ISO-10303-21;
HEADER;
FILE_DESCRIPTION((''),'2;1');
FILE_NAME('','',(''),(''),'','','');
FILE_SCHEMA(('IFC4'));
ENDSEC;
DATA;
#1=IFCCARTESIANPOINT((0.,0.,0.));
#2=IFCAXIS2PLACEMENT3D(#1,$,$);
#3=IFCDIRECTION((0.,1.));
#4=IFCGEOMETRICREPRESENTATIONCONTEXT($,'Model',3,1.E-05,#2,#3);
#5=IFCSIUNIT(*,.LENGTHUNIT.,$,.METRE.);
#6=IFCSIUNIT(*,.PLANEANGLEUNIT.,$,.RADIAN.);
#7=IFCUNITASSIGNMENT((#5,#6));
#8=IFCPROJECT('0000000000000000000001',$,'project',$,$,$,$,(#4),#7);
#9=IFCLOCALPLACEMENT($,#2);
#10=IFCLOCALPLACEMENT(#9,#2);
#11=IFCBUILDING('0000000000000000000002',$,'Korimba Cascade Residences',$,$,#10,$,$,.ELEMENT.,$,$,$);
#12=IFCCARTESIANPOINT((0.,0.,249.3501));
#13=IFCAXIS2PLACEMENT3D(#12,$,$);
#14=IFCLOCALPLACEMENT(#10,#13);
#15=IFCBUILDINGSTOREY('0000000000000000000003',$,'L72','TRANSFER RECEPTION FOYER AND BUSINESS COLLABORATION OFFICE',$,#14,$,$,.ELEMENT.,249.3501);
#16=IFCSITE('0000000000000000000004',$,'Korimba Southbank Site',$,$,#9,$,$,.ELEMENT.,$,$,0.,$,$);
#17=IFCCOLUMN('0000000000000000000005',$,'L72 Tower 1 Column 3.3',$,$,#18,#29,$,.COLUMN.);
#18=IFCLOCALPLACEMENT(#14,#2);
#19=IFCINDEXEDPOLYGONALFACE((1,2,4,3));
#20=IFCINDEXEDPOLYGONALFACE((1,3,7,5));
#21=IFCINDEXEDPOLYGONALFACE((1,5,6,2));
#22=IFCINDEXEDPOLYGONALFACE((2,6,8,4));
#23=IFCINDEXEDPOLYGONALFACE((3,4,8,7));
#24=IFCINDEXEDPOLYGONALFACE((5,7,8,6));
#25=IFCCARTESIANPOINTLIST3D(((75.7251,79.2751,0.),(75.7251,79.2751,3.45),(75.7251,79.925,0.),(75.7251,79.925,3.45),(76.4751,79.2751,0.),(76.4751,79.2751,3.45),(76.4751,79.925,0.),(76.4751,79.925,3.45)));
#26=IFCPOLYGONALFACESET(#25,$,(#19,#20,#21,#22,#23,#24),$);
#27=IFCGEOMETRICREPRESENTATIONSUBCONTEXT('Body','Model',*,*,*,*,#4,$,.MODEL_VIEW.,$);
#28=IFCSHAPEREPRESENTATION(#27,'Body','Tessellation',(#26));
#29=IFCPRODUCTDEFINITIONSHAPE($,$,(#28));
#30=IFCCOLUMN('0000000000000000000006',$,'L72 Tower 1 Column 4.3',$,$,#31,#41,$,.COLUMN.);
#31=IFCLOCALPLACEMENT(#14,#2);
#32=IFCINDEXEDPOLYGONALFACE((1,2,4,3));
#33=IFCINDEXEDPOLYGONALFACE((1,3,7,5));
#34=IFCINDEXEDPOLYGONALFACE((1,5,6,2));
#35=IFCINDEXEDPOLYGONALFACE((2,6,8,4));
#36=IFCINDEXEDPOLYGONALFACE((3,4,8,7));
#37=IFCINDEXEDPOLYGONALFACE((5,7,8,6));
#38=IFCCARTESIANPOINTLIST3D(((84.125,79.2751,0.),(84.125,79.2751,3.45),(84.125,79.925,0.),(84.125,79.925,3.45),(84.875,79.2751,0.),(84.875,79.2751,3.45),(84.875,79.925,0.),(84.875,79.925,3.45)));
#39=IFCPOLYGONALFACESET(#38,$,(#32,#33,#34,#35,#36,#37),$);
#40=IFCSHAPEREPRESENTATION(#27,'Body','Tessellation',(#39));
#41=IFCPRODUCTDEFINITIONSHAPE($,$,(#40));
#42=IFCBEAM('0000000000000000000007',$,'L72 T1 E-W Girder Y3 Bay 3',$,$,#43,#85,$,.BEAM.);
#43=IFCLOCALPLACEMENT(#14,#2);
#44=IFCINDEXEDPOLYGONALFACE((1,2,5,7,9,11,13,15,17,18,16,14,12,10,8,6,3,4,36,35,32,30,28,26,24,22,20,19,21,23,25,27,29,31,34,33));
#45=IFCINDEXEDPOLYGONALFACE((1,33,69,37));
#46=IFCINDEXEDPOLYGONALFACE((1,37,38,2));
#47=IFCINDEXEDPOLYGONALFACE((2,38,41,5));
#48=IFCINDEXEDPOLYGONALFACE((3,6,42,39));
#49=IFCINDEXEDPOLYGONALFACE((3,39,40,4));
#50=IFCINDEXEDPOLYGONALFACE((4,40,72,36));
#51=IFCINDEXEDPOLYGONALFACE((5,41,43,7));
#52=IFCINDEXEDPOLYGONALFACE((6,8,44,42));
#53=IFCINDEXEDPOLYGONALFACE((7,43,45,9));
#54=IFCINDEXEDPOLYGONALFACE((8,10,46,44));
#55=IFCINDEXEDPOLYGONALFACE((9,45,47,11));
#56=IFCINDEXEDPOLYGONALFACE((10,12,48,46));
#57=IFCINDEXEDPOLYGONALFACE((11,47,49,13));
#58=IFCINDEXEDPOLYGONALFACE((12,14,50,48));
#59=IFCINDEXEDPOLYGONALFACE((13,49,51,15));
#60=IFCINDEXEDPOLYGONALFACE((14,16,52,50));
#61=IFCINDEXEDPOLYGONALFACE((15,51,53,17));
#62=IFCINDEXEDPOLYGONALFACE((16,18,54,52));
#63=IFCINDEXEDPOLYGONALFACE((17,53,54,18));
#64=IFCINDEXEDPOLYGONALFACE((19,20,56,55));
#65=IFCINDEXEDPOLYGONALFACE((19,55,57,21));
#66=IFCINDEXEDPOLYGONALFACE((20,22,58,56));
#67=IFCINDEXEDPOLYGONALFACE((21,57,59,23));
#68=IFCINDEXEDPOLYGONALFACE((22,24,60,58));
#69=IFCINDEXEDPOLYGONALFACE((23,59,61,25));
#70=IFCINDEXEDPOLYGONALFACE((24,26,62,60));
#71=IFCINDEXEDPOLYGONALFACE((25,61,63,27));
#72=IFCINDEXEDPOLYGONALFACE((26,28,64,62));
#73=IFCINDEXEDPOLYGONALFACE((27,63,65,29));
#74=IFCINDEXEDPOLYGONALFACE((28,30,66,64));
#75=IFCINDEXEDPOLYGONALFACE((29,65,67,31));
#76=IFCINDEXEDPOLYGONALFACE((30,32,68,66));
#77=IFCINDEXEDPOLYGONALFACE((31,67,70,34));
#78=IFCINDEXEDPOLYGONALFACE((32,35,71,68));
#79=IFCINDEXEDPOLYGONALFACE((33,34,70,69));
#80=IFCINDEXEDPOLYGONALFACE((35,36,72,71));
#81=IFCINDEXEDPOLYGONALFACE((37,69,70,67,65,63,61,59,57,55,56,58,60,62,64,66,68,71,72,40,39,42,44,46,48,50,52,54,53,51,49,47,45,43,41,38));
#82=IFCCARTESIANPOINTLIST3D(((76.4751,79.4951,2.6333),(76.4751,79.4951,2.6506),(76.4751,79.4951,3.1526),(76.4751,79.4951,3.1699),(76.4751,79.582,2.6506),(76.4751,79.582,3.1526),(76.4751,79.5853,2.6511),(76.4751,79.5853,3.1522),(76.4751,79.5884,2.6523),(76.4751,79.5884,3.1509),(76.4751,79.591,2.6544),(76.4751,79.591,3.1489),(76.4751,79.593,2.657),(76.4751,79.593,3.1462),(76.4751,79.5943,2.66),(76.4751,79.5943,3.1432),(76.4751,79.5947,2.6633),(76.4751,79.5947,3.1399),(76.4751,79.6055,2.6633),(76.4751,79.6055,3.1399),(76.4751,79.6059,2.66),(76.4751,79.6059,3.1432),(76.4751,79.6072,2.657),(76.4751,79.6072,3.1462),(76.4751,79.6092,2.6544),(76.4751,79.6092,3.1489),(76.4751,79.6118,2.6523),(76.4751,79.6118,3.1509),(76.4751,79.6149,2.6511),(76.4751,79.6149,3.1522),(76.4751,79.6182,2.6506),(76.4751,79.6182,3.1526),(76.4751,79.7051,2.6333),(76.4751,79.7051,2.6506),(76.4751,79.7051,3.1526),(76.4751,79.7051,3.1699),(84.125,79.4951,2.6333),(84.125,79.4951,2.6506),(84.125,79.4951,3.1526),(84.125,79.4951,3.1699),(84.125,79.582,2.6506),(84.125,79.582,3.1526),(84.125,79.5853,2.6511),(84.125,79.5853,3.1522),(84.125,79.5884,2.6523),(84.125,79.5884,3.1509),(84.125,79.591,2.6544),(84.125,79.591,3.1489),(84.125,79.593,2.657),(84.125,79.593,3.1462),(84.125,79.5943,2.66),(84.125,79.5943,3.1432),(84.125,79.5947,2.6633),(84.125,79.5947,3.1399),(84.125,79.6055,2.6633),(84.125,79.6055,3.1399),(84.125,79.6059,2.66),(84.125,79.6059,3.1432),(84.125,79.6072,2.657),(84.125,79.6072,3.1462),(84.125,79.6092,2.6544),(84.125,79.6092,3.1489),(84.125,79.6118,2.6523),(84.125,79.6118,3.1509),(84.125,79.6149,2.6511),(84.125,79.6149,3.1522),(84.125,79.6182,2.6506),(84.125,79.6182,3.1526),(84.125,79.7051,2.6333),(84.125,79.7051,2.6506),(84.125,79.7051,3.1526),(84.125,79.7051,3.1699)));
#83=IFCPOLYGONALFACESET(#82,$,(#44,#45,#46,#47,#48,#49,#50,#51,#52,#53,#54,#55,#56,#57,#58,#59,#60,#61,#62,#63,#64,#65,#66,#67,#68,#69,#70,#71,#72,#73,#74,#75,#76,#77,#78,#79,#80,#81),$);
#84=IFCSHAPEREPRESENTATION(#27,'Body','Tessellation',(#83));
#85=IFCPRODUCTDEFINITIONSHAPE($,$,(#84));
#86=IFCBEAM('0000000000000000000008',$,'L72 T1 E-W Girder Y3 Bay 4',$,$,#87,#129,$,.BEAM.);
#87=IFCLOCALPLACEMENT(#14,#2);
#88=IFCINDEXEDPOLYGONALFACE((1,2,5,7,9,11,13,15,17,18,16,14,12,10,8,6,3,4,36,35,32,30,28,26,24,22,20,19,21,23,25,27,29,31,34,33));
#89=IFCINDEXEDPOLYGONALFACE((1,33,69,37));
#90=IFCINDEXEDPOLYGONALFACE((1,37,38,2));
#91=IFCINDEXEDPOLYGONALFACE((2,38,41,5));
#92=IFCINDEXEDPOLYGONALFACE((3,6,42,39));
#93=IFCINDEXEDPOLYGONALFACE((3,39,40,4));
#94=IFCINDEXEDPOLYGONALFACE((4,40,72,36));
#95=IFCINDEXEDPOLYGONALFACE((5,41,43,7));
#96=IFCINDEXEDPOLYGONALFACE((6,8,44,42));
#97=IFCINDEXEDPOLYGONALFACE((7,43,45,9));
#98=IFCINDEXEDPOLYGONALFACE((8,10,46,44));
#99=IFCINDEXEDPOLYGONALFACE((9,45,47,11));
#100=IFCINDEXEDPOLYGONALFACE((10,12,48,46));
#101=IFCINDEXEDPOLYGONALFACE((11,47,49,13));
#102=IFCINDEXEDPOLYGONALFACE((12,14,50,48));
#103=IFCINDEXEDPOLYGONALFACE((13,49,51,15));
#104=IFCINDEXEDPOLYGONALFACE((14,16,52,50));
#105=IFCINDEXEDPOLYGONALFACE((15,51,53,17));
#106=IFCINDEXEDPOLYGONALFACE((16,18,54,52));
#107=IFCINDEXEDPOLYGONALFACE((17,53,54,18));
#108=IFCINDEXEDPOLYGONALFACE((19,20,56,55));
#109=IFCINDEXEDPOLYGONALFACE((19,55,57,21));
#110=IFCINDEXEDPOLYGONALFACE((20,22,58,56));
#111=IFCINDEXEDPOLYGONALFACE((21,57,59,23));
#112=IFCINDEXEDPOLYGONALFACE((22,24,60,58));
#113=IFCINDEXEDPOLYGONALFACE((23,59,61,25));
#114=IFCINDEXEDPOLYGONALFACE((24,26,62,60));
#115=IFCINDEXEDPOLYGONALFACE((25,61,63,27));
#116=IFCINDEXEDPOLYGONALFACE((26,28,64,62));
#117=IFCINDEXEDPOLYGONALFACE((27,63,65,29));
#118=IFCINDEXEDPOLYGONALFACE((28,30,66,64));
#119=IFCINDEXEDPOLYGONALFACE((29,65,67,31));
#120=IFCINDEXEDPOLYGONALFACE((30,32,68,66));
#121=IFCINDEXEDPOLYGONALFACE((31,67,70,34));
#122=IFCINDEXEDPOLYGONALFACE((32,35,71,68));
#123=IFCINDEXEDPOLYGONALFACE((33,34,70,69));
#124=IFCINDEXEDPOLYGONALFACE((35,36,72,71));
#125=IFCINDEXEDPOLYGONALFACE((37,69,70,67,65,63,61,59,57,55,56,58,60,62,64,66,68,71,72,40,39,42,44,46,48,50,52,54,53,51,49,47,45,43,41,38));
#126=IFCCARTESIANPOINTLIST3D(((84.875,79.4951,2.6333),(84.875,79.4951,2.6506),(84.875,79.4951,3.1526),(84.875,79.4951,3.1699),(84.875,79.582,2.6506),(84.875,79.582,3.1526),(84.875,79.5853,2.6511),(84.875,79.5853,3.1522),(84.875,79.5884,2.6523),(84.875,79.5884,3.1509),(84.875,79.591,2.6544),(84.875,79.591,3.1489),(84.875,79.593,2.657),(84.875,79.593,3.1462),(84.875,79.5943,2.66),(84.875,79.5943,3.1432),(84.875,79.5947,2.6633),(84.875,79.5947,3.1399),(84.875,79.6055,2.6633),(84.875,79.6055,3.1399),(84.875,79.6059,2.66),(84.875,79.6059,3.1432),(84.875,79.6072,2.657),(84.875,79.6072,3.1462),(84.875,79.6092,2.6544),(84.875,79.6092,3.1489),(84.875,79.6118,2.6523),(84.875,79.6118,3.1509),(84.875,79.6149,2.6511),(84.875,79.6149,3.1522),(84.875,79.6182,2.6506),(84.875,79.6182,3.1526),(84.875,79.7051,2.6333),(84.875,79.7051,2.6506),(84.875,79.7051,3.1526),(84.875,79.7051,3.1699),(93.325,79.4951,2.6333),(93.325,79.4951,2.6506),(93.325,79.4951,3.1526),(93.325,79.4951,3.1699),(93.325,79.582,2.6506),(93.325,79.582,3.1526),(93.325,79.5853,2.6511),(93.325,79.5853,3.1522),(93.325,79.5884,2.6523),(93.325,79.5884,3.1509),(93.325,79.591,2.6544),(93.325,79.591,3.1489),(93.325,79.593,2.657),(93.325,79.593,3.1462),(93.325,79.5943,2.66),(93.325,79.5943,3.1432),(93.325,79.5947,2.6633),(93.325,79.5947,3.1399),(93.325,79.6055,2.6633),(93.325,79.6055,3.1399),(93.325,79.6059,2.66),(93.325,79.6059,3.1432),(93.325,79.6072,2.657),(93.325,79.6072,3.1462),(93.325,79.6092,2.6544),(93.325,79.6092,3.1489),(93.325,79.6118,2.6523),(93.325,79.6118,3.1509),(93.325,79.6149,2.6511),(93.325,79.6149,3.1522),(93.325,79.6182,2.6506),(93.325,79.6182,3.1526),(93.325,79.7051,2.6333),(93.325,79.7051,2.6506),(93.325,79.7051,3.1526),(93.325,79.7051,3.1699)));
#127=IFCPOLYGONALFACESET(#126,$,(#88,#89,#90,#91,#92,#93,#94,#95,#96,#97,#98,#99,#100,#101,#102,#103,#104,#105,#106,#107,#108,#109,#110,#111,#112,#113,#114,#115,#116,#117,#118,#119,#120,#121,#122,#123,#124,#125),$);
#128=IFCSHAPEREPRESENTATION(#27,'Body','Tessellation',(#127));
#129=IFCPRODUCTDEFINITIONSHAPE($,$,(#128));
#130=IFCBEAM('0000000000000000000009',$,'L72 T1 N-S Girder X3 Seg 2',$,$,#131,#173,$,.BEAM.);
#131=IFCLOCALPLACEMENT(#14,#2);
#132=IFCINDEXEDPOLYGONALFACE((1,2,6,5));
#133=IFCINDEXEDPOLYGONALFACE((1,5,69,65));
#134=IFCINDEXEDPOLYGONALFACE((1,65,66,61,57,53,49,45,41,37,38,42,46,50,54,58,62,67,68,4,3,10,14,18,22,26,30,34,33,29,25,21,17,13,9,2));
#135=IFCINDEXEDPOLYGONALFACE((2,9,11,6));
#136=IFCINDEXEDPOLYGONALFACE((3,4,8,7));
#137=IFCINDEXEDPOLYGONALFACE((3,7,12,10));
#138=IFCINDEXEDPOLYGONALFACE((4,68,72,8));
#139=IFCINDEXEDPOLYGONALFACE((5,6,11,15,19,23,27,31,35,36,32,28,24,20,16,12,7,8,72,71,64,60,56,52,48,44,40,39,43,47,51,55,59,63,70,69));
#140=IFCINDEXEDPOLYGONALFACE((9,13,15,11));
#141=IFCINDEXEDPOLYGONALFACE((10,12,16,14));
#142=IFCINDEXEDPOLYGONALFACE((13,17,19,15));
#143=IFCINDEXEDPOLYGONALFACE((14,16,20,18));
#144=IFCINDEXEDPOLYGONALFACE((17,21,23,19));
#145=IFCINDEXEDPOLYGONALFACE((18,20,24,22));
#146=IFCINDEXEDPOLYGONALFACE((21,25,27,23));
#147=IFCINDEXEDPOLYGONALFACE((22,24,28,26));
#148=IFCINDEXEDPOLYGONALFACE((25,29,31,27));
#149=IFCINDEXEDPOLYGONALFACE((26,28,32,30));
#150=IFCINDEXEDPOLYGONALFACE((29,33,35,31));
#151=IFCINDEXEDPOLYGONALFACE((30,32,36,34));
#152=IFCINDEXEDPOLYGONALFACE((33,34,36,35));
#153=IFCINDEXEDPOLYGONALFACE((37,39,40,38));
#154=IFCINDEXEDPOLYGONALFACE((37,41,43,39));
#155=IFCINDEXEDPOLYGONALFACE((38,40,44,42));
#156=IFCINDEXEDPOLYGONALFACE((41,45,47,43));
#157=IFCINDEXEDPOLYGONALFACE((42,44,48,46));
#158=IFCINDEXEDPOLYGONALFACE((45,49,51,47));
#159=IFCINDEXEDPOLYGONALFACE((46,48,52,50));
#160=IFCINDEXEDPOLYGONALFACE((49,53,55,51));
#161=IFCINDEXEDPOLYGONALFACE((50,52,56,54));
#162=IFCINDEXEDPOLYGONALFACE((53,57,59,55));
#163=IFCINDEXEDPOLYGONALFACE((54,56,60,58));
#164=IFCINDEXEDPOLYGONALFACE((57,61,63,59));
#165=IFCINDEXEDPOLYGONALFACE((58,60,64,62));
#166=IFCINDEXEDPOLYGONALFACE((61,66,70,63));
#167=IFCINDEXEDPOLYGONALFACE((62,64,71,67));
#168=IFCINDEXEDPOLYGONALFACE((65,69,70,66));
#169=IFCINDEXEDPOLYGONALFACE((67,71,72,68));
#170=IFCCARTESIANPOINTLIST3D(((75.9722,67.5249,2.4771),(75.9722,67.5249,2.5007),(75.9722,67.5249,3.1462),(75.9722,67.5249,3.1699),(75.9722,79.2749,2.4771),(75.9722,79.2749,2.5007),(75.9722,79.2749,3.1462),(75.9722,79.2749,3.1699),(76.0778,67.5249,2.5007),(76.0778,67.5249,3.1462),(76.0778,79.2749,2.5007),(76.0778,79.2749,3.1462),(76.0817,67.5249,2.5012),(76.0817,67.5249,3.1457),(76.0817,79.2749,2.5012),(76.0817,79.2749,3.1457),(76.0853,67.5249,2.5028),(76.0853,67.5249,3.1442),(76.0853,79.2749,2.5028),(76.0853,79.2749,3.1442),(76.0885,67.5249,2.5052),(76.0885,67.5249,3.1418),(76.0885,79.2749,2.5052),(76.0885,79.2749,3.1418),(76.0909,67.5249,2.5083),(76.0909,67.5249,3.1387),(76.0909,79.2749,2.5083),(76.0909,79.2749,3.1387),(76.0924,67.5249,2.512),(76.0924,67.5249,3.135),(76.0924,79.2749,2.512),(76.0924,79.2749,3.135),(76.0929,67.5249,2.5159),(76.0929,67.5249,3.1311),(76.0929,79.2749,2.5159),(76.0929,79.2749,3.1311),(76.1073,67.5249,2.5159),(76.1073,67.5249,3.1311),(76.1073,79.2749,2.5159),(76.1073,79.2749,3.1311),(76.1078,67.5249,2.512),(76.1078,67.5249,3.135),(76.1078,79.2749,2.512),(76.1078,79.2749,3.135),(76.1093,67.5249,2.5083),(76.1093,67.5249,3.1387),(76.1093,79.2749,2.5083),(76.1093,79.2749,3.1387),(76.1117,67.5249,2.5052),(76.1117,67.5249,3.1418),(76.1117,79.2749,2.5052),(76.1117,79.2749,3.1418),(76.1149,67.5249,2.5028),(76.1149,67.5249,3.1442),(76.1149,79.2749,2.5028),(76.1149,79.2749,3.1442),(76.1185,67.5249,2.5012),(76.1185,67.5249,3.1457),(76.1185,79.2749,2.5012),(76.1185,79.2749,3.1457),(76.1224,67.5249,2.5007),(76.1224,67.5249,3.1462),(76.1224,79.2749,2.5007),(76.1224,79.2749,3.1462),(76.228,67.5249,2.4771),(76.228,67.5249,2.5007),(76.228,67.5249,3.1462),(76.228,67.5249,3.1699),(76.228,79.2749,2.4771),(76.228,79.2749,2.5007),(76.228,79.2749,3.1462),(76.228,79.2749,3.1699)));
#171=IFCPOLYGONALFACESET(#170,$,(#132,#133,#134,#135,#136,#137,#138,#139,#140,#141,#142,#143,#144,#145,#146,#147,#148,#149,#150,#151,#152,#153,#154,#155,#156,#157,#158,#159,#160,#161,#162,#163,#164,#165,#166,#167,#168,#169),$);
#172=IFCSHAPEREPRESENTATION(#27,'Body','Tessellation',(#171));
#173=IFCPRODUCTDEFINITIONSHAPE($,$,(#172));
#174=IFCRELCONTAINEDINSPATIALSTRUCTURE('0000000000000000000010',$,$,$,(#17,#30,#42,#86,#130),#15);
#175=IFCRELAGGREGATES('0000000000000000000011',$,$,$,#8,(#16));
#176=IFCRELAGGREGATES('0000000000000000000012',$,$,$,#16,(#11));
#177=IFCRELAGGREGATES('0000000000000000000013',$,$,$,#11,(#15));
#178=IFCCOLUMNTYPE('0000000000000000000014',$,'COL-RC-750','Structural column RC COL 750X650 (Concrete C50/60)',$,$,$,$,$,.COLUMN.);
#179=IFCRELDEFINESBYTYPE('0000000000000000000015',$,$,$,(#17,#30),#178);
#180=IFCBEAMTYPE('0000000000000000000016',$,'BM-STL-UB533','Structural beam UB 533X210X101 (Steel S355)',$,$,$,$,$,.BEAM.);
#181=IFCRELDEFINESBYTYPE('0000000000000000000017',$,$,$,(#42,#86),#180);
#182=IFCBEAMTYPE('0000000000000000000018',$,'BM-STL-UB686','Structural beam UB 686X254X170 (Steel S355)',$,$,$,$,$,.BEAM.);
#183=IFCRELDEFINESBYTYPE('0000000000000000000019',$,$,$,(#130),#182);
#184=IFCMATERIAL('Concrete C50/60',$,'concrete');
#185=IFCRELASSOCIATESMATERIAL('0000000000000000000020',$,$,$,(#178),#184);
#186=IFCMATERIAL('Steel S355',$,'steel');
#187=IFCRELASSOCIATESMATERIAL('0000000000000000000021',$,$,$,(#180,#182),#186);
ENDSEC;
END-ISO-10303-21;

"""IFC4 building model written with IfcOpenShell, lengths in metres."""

from ifc_helpers import new_model, si_unit, direction, frame, origin, origin_2d, place, context, subcontext, project, spatial, rectangle, i_section, extrude, material, material_profile, profile_set, type_object, element, save


model = new_model("IFC4")

# Units and contexts
model_context = context("Model", 3, precision=1e-05, world=origin(), true_north=direction((0.0, 1.0)))
body_context = subcontext(model_context, "Body", "Model", "MODEL_VIEW")
ifc_project = project(units=[si_unit("LENGTHUNIT", "METRE"), si_unit("PLANEANGLEUNIT", "RADIAN")], contexts=[model_context])

# Site, building, storey
site_placement = place(None, origin())
site = spatial("IfcSite", under=ifc_project, at=site_placement, Name="Korimba Southbank Site", CompositionType="ELEMENT", RefElevation=0.0)
building_placement = place(site_placement, origin())
building = spatial("IfcBuilding", under=site, at=building_placement, Name="Korimba Cascade Residences", CompositionType="ELEMENT")
storey_placement = place(building_placement, frame((0.0, 0.0, 249.3501)))
storey = spatial("IfcBuildingStorey", under=building, at=storey_placement, Name="L72", Description="TRANSFER RECEPTION FOYER AND BUSINESS COLLABORATION OFFICE", CompositionType="ELEMENT", Elevation=249.3501)

# Columns
ifc_material_1 = material(Name="Concrete C50/60", Category="concrete")
ifc_material_profile_1 = material_profile(ifc_material_1, rectangle(XDim=0.75, YDim=0.6499, at=origin_2d()), Name="Concrete C50/60")
ifc_profile_set_1 = profile_set([ifc_material_profile_1], Name="Concrete C50/60")
column_type = type_object("IfcColumnType", Name="COL-RC-750", Description="Structural column RC COL 750X650 (Concrete C50/60)", PredefinedType="COLUMN", material=ifc_profile_set_1)
for number, where, z_axis, x_axis, name in (
    (1, (76.1001, 79.6001, 0.0), (0.0, 0.0, 1.0), (1.0, 0.0, 0.0), "L72 Tower 1 Column 3.3"),
    (2, (84.5, 79.6001, 0.0), (0.0, 0.0, 1.0), (1.0, 0.0, 0.0), "L72 Tower 1 Column 4.3"),
):
    element("IfcColumn", number, at=place(storey_placement, frame(where, z_axis=z_axis, x_axis=x_axis)), inside=storey, type_object=column_type, Name=name, PredefinedType="COLUMN", context=body_context, shape_type="SweptSolid", body=[
        extrude(rectangle(XDim=0.75, YDim=0.6499, at=origin_2d()), origin(), (0.0, 0.0, 1.0), 3.45),
    ])

# Beams
ifc_material_2 = material(Name="Steel S355", Category="steel")
ifc_material_profile_2 = material_profile(ifc_material_2, i_section(OverallWidth=0.21, OverallDepth=0.5366, WebThickness=0.0107, FlangeThickness=0.0173, FilletRadius=0.0127, at=origin_2d()), Name="Steel S355")
ifc_profile_set_2 = profile_set([ifc_material_profile_2], Name="Steel S355")
beam_type_1 = type_object("IfcBeamType", Name="BM-STL-UB533", Description="Structural beam UB 533X210X101 (Steel S355)", PredefinedType="BEAM", material=ifc_profile_set_2)
beam_1_placement = place(storey_placement, frame((76.4751, 79.6001, 2.9016), z_axis=(1.0, 0.0, 0.0), x_axis=(0.0, 1.0, 0.0)))
element("IfcBeam", 3, at=beam_1_placement, inside=storey, type_object=beam_type_1, Name="L72 T1 E-W Girder Y3 Bay 3", PredefinedType="BEAM", context=body_context, shape_type="SweptSolid", body=[
    extrude(i_section(OverallWidth=0.21, OverallDepth=0.5366, WebThickness=0.0107, FlangeThickness=0.0173, FilletRadius=0.0127, at=origin_2d()), origin(), (0.0, 0.0, 1.0), 7.6499),
])
beam_2_placement = place(storey_placement, frame((84.875, 79.6001, 2.9016), z_axis=(1.0, 0.0, 0.0), x_axis=(0.0, 1.0, 0.0)))
element("IfcBeam", 4, at=beam_2_placement, inside=storey, type_object=beam_type_1, Name="L72 T1 E-W Girder Y3 Bay 4", PredefinedType="BEAM", context=body_context, shape_type="SweptSolid", body=[
    extrude(i_section(OverallWidth=0.21, OverallDepth=0.5366, WebThickness=0.0107, FlangeThickness=0.0173, FilletRadius=0.0127, at=origin_2d()), origin(), (0.0, 0.0, 1.0), 8.45),
])
ifc_material_profile_3 = material_profile(ifc_material_2, i_section(OverallWidth=0.2559, OverallDepth=0.6929, WebThickness=0.0144, FlangeThickness=0.0237, FilletRadius=0.0151, at=origin_2d()), Name="Steel S355")
ifc_profile_set_3 = profile_set([ifc_material_profile_3], Name="Steel S355")
beam_type_2 = type_object("IfcBeamType", Name="BM-STL-UB686", Description="Structural beam UB 686X254X170 (Steel S355)", PredefinedType="BEAM", material=ifc_profile_set_3)
beam_3_placement = place(storey_placement, frame((76.1001, 67.5249, 2.8235), z_axis=(0.0, 1.0, 0.0), x_axis=(-1.0, 0.0, 0.0)))
element("IfcBeam", 5, at=beam_3_placement, inside=storey, type_object=beam_type_2, Name="L72 T1 N-S Girder X3 Seg 2", PredefinedType="BEAM", context=body_context, shape_type="SweptSolid", body=[
    extrude(i_section(OverallWidth=0.2559, OverallDepth=0.6929, WebThickness=0.0144, FlangeThickness=0.0237, FilletRadius=0.0151, at=origin_2d()), origin(), (0.0, 0.0, 1.0), 11.75),
])

save(model, "model.ifc")
